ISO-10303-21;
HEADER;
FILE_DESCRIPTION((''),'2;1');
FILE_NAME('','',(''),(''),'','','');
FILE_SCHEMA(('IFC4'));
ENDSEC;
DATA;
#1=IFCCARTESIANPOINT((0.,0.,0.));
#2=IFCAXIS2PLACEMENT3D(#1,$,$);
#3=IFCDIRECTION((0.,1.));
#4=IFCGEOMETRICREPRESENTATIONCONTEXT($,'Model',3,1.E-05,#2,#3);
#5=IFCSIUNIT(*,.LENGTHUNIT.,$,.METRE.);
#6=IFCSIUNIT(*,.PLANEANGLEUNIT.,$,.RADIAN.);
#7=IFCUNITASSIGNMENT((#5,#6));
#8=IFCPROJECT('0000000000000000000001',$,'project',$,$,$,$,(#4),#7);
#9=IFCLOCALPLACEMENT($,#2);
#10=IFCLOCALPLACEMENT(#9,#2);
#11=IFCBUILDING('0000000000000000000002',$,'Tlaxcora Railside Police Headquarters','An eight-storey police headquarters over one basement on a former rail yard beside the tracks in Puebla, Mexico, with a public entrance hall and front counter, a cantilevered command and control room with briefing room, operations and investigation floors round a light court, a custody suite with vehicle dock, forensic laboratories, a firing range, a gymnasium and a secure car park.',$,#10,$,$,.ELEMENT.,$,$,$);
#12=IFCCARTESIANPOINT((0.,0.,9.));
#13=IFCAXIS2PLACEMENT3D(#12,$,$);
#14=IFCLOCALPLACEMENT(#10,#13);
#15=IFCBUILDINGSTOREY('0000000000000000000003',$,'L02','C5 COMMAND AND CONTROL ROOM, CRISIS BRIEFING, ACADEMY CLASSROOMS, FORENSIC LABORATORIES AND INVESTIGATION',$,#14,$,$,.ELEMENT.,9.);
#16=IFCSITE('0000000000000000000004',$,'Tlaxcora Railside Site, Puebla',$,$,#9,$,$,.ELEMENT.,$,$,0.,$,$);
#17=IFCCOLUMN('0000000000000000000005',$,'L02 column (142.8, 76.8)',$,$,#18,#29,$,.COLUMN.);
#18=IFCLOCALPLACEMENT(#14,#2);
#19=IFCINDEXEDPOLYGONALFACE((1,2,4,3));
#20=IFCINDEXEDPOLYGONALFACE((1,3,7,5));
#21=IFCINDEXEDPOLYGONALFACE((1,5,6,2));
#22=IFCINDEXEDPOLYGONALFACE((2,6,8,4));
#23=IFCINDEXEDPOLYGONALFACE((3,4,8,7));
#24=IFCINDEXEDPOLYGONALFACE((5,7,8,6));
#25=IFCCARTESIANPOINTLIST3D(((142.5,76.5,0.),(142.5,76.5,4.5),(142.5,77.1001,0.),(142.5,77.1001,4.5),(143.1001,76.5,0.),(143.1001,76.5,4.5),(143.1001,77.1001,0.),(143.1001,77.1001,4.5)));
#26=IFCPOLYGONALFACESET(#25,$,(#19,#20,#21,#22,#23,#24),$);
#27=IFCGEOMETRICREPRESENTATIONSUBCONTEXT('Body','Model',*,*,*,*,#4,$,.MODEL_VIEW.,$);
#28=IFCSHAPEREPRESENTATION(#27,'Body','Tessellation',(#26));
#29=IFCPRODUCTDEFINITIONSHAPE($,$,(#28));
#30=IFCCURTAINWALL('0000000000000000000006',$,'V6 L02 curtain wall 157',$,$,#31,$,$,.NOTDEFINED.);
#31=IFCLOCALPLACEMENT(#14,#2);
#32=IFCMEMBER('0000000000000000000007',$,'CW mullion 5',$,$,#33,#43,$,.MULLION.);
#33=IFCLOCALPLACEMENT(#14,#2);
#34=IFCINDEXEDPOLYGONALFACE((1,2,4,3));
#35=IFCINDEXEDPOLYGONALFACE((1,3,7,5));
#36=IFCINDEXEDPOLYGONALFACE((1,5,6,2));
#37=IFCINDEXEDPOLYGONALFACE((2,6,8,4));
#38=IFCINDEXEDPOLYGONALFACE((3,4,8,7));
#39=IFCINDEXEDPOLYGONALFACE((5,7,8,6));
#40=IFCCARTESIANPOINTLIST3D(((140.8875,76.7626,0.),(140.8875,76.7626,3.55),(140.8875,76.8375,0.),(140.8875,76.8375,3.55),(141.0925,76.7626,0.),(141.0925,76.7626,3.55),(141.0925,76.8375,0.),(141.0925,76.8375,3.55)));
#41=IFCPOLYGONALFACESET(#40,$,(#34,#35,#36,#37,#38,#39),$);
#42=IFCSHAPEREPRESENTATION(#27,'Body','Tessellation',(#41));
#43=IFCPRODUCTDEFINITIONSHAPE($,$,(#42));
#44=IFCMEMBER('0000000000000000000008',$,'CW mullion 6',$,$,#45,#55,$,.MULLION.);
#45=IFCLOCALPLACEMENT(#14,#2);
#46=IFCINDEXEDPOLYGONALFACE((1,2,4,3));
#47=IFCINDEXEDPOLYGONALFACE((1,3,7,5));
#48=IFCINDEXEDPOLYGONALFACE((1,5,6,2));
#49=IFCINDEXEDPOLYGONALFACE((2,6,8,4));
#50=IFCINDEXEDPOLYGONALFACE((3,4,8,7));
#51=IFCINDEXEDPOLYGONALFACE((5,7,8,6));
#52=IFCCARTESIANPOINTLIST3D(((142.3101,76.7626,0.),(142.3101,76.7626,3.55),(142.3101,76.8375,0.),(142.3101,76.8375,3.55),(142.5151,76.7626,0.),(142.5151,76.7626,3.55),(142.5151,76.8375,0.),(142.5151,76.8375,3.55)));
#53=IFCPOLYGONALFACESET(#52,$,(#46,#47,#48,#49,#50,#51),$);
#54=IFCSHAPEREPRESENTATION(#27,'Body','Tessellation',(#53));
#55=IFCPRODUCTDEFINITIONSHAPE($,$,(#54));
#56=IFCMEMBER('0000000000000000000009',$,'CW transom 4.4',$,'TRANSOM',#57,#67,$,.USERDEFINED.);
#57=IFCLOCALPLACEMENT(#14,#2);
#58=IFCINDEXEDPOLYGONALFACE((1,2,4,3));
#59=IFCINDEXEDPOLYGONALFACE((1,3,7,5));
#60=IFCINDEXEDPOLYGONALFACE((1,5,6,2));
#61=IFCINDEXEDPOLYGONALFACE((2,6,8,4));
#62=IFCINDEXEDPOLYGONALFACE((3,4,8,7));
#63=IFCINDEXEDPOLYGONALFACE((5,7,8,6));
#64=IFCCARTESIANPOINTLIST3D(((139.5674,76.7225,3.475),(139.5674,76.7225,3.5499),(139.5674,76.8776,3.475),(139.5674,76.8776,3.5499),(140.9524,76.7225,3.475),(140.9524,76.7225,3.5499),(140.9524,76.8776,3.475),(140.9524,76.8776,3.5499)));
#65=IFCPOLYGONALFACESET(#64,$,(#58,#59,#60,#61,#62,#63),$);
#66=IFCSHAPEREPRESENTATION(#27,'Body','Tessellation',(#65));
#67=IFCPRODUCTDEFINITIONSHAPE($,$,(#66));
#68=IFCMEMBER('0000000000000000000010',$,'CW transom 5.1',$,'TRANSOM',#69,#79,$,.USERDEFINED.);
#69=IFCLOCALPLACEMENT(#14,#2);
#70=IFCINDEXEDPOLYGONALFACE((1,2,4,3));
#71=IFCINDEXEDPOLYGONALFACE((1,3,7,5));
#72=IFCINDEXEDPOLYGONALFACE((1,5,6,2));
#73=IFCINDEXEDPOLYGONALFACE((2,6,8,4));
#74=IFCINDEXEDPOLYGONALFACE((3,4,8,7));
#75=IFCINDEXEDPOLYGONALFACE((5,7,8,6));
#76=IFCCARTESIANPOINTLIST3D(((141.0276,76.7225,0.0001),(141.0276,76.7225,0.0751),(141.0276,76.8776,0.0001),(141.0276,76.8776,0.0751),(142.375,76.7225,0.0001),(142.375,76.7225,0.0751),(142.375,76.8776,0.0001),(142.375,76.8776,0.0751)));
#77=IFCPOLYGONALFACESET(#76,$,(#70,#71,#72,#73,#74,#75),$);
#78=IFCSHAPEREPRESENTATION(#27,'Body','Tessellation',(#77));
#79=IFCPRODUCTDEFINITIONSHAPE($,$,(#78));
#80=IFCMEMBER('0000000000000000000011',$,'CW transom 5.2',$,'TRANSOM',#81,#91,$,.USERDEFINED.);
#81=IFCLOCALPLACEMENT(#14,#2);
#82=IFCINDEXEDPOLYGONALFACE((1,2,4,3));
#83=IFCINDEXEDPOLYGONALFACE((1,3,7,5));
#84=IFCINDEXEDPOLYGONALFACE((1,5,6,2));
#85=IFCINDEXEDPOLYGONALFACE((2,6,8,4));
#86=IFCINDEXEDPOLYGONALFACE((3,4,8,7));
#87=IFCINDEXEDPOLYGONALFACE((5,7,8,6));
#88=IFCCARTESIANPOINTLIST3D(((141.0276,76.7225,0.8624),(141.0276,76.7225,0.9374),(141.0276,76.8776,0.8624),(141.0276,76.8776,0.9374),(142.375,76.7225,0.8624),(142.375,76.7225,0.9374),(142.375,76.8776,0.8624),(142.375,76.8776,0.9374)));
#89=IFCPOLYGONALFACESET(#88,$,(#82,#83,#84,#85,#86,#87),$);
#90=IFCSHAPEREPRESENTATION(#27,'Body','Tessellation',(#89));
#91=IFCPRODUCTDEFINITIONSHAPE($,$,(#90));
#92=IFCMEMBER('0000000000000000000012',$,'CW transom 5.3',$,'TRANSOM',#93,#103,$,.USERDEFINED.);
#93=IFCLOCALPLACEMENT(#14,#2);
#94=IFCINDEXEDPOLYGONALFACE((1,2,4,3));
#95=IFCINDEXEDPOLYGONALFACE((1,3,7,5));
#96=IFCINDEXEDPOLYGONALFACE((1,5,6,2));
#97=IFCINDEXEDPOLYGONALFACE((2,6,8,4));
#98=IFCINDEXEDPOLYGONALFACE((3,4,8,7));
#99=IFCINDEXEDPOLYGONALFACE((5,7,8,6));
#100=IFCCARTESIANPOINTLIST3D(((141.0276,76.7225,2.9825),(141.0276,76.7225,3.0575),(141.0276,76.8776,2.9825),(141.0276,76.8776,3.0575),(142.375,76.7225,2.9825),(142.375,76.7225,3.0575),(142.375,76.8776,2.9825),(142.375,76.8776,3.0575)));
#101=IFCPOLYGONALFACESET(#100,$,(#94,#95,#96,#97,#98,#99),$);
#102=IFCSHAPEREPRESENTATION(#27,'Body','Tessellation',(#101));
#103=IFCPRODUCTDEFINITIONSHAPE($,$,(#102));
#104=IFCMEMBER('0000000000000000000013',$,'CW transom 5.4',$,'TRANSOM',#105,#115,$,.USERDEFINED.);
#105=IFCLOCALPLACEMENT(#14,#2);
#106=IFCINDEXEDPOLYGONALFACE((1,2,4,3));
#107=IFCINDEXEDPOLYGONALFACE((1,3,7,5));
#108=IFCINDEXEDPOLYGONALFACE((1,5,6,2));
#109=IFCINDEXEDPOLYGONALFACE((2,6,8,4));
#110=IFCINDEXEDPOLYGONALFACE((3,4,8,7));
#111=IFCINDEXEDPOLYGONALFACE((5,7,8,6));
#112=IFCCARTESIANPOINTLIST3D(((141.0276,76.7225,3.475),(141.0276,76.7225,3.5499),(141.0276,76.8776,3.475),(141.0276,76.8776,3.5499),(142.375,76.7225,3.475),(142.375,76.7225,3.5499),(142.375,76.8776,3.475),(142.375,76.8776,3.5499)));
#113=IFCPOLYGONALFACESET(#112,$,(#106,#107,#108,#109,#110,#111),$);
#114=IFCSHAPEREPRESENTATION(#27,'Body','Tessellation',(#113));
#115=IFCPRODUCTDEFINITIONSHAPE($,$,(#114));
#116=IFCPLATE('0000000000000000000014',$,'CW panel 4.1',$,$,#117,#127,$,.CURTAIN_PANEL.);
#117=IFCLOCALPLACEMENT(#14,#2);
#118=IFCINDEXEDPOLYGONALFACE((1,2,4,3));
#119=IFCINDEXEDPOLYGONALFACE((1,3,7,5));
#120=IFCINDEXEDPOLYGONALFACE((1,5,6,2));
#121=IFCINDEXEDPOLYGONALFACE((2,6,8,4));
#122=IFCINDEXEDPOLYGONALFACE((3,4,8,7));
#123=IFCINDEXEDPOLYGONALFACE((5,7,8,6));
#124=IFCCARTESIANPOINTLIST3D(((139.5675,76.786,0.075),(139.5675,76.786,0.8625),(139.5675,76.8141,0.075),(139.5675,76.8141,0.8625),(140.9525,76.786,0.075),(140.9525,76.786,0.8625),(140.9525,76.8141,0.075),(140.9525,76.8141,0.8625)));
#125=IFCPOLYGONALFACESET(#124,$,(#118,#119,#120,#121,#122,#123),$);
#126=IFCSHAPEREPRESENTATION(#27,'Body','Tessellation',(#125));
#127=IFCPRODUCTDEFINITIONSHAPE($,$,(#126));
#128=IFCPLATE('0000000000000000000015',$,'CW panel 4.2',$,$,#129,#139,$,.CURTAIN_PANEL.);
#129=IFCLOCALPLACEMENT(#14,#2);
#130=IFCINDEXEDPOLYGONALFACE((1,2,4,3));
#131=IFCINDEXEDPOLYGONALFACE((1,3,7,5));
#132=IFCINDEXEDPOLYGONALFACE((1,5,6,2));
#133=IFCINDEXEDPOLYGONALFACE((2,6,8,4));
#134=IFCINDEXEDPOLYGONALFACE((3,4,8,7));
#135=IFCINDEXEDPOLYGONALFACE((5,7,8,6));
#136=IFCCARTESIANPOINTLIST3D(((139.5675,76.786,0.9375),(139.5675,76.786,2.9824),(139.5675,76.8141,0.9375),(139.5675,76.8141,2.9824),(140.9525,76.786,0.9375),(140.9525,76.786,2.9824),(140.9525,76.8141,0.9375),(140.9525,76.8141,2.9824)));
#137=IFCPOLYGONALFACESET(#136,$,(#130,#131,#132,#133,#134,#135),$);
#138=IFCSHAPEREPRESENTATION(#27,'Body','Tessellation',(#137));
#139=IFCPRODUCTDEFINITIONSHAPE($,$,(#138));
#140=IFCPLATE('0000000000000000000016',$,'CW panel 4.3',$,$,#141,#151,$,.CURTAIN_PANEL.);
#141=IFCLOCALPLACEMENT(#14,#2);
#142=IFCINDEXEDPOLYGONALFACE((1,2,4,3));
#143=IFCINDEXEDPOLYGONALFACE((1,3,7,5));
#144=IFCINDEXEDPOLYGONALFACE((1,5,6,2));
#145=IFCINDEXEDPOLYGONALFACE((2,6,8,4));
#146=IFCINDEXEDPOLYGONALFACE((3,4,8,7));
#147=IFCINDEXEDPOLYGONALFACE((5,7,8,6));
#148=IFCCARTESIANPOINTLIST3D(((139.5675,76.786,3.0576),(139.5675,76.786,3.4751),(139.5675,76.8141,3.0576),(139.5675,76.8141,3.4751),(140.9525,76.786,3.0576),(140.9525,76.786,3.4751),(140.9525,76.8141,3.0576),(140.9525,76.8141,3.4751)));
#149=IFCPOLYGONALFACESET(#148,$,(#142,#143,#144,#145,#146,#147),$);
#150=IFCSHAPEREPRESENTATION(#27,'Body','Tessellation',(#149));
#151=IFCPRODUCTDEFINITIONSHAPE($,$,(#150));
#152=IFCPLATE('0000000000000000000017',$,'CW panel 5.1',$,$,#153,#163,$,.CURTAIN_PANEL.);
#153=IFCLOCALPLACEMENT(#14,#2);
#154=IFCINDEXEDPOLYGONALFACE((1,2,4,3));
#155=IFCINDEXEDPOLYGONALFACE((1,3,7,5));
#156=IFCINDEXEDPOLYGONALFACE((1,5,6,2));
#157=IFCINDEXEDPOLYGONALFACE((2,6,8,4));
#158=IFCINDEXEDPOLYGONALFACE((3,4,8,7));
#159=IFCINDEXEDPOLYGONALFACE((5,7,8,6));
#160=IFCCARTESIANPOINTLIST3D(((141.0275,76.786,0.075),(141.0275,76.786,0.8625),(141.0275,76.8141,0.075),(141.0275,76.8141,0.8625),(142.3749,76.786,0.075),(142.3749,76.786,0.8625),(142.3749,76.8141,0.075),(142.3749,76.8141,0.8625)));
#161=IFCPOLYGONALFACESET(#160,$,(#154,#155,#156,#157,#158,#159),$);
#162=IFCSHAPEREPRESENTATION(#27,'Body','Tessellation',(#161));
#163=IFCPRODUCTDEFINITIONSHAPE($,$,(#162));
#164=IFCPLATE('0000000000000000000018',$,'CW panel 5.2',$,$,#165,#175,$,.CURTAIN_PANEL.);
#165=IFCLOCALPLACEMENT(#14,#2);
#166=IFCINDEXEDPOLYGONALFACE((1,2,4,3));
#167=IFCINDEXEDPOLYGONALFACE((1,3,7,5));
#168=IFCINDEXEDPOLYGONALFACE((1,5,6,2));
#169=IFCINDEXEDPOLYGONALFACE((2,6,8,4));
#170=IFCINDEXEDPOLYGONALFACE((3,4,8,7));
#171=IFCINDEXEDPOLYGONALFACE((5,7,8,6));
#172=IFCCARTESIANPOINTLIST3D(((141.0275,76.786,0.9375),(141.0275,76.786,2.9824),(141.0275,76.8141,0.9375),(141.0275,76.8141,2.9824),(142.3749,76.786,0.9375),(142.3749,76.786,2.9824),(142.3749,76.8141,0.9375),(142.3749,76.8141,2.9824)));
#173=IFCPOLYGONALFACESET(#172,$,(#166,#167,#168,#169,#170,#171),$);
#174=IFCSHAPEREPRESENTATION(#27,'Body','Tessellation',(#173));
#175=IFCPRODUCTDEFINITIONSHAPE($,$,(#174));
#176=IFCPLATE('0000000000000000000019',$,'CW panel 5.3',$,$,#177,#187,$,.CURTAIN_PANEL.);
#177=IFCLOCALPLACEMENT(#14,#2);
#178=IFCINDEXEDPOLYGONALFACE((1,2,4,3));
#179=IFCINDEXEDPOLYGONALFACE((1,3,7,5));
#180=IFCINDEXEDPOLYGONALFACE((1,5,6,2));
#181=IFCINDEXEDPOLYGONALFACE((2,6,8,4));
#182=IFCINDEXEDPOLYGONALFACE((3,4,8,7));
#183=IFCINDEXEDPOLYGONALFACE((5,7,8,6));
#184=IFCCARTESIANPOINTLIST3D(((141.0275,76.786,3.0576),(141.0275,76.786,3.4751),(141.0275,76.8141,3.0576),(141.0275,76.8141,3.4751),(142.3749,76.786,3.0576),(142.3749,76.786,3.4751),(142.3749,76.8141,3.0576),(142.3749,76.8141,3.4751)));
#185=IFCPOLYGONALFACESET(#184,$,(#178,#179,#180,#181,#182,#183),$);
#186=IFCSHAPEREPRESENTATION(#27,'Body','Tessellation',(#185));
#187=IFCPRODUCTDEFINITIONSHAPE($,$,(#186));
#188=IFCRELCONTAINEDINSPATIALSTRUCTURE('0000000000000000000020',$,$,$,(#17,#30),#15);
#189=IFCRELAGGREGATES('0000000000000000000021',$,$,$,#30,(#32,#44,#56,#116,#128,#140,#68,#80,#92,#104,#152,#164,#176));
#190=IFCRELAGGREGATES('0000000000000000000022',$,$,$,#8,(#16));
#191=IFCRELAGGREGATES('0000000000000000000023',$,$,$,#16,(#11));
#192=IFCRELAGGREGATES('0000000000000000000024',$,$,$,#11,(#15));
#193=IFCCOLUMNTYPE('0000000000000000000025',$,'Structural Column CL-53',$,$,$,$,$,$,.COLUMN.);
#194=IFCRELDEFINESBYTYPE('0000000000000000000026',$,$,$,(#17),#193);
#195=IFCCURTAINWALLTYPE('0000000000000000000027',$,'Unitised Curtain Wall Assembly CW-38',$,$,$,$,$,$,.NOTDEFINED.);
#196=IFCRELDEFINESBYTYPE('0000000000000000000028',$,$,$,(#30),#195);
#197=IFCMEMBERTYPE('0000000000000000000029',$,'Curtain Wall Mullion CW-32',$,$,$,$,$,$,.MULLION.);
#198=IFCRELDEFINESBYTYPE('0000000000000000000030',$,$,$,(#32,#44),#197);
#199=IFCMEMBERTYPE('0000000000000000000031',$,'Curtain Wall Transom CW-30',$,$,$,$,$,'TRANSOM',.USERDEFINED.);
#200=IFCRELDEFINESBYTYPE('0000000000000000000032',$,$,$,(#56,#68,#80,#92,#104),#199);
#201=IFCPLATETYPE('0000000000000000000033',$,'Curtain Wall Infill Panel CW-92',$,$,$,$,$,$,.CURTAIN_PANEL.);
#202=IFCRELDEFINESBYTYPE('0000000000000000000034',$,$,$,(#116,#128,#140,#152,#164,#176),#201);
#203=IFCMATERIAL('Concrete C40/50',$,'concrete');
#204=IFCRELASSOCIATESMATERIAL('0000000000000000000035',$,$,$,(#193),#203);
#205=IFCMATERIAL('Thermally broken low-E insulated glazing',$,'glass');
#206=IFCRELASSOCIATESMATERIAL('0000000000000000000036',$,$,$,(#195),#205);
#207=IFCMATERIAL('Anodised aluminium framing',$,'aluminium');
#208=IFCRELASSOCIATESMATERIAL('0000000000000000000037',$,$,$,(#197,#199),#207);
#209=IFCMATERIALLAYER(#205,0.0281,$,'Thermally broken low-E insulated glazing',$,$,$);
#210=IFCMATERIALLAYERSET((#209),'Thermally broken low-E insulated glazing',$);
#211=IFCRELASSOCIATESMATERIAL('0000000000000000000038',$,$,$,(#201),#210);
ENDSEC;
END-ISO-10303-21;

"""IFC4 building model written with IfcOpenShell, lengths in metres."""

from ifc_helpers import new_model, si_unit, direction, frame, origin, origin_2d, place, context, subcontext, project, spatial, rectangle, extrude, material, layer, layer_set, material_profile, profile_set, type_object, element, aggregate, save


model = new_model("IFC4")

# Units and contexts
model_context = context("Model", 3, precision=1e-05, world=origin(), true_north=direction((0.0, 1.0)))
body_context = subcontext(model_context, "Body", "Model", "MODEL_VIEW")
ifc_project = project(units=[si_unit("LENGTHUNIT", "METRE"), si_unit("PLANEANGLEUNIT", "RADIAN")], contexts=[model_context])

# Site, building, storey
site_placement = place(None, origin())
site = spatial("IfcSite", under=ifc_project, at=site_placement, Name="Tlaxcora Railside Site, Puebla", CompositionType="ELEMENT", RefElevation=0.0)
building_placement = place(site_placement, origin())
building = spatial("IfcBuilding", under=site, at=building_placement, Name="Tlaxcora Railside Police Headquarters", Description="An eight-storey police headquarters over one basement on a former rail yard beside the tracks in Puebla, Mexico, with a public entrance hall and front counter, a cantilevered command and control room with briefing room, operations and investigation floors round a light court, a custody suite with vehicle dock, forensic laboratories, a firing range, a gymnasium and a secure car park.", CompositionType="ELEMENT")
storey_placement = place(building_placement, frame((0.0, 0.0, 9.0)))
storey = spatial("IfcBuildingStorey", under=building, at=storey_placement, Name="L02", Description="C5 COMMAND AND CONTROL ROOM, CRISIS BRIEFING, ACADEMY CLASSROOMS, FORENSIC LABORATORIES AND INVESTIGATION", CompositionType="ELEMENT", Elevation=9.0)

# Column
ifc_material_1 = material(Name="Concrete C40/50", Category="concrete")
ifc_material_profile_1 = material_profile(ifc_material_1, rectangle(XDim=0.6001, YDim=0.6001, at=origin_2d()), Name="RC600X600")
ifc_profile_set_1 = profile_set([ifc_material_profile_1], Name="Concrete C40/50")
column_type = type_object("IfcColumnType", Name="Structural Column CL-53", PredefinedType="COLUMN", material=ifc_profile_set_1)
column_placement = place(storey_placement, frame((142.8, 76.8, 0.0), z_axis=(0.0, 0.0, 1.0), x_axis=(1.0, 0.0, 0.0)))
element("IfcColumn", 1, at=column_placement, inside=storey, type_object=column_type, Name="L02 column (142.8, 76.8)", PredefinedType="COLUMN", context=body_context, shape_type="SweptSolid", body=[
    extrude(rectangle(XDim=0.6001, YDim=0.6001, at=origin_2d()), origin(), (0.0, 0.0, 1.0), 4.5),
])

# Curtain wall, members, plates
ifc_material_2 = material(Name="Thermally broken low-E insulated glazing", Category="glass")
curtain_wall_type = type_object("IfcCurtainWallType", Name="Unitised Curtain Wall Assembly CW-38", PredefinedType="NOTDEFINED", material=ifc_material_2)
curtain_wall_placement = place(storey_placement, origin())
curtain_wall = element("IfcCurtainWall", 2, at=curtain_wall_placement, inside=storey, type_object=curtain_wall_type, Name="V6 L02 curtain wall 157", PredefinedType="NOTDEFINED")
ifc_material_3 = material(Name="Anodised aluminium framing", Category="aluminium")
ifc_material_profile_2 = material_profile(ifc_material_3, rectangle(XDim=0.075, YDim=0.2051, at=origin_2d()), Name="AL75X205")
ifc_profile_set_2 = profile_set([ifc_material_profile_2], Name="Anodised aluminium framing")
member_type_1 = type_object("IfcMemberType", Name="Curtain Wall Mullion CW-32", PredefinedType="MULLION", material=ifc_profile_set_2)
member_1_placement = place(storey_placement, frame((140.99, 76.8, 0.0), z_axis=(0.0, 0.0, 1.0), x_axis=(0.0, 1.0, 0.0)))
member_1 = element("IfcMember", 3, at=member_1_placement, type_object=member_type_1, Name="CW mullion 5", PredefinedType="MULLION", context=body_context, shape_type="SweptSolid", body=[
    extrude(rectangle(XDim=0.075, YDim=0.2051, at=origin_2d()), origin(), (0.0, 0.0, 1.0), 3.55),
])
member_2_placement = place(storey_placement, frame((142.4126, 76.8, 0.0), z_axis=(0.0, 0.0, 1.0), x_axis=(0.0, 1.0, 0.0)))
member_2 = element("IfcMember", 4, at=member_2_placement, type_object=member_type_1, Name="CW mullion 6", PredefinedType="MULLION", context=body_context, shape_type="SweptSolid", body=[
    extrude(rectangle(XDim=0.075, YDim=0.2051, at=origin_2d()), origin(), (0.0, 0.0, 1.0), 3.55),
])
ifc_material_profile_3 = material_profile(ifc_material_3, rectangle(XDim=0.155, YDim=0.075, at=origin_2d()), Name="AL75X155")
ifc_profile_set_3 = profile_set([ifc_material_profile_3], Name="Anodised aluminium framing")
member_type_2 = type_object("IfcMemberType", Name="Curtain Wall Transom CW-30", ElementType="TRANSOM", PredefinedType="USERDEFINED", material=ifc_profile_set_3)
member_3_placement = place(storey_placement, frame((139.5674, 76.8, 3.5125), z_axis=(1.0, 0.0, 0.0), x_axis=(0.0, 1.0, 0.0)))
member_3 = element("IfcMember", 5, at=member_3_placement, type_object=member_type_2, Name="CW transom 4.4", ObjectType="TRANSOM", PredefinedType="USERDEFINED", context=body_context, shape_type="SweptSolid", body=[
    extrude(rectangle(XDim=0.155, YDim=0.075, at=origin_2d()), origin(), (0.0, 0.0, 1.0), 1.385),
])
member_4_placement = place(storey_placement, frame((141.0276, 76.8, 0.0376), z_axis=(1.0, 0.0, 0.0), x_axis=(0.0, 1.0, 0.0)))
member_4 = element("IfcMember", 6, at=member_4_placement, type_object=member_type_2, Name="CW transom 5.1", ObjectType="TRANSOM", PredefinedType="USERDEFINED", context=body_context, shape_type="SweptSolid", body=[
    extrude(rectangle(XDim=0.155, YDim=0.075, at=origin_2d()), origin(), (0.0, 0.0, 1.0), 1.3474),
])
member_5_placement = place(storey_placement, frame((141.0276, 76.8, 0.8999), z_axis=(1.0, 0.0, 0.0), x_axis=(0.0, 1.0, 0.0)))
member_5 = element("IfcMember", 7, at=member_5_placement, type_object=member_type_2, Name="CW transom 5.2", ObjectType="TRANSOM", PredefinedType="USERDEFINED", context=body_context, shape_type="SweptSolid", body=[
    extrude(rectangle(XDim=0.155, YDim=0.075, at=origin_2d()), origin(), (0.0, 0.0, 1.0), 1.3474),
])
member_6_placement = place(storey_placement, frame((141.0276, 76.8, 3.02), z_axis=(1.0, 0.0, 0.0), x_axis=(0.0, 1.0, 0.0)))
member_6 = element("IfcMember", 8, at=member_6_placement, type_object=member_type_2, Name="CW transom 5.3", ObjectType="TRANSOM", PredefinedType="USERDEFINED", context=body_context, shape_type="SweptSolid", body=[
    extrude(rectangle(XDim=0.155, YDim=0.075, at=origin_2d()), origin(), (0.0, 0.0, 1.0), 1.3474),
])
member_7_placement = place(storey_placement, frame((141.0276, 76.8, 3.5125), z_axis=(1.0, 0.0, 0.0), x_axis=(0.0, 1.0, 0.0)))
member_7 = element("IfcMember", 9, at=member_7_placement, type_object=member_type_2, Name="CW transom 5.4", ObjectType="TRANSOM", PredefinedType="USERDEFINED", context=body_context, shape_type="SweptSolid", body=[
    extrude(rectangle(XDim=0.155, YDim=0.075, at=origin_2d()), origin(), (0.0, 0.0, 1.0), 1.3474),
])
ifc_layer_1 = layer(ifc_material_2, 0.0281, Name="Thermally broken low-E insulated glazing")
ifc_layer_set_1 = layer_set([ifc_layer_1], Name="Thermally broken low-E insulated glazing")
plate_type = type_object("IfcPlateType", Name="Curtain Wall Infill Panel CW-92", PredefinedType="CURTAIN_PANEL", material=ifc_layer_set_1)
plate_1_placement = place(storey_placement, frame((140.26, 76.8, 0.075), z_axis=(0.0, 0.0, 1.0), x_axis=(1.0, 0.0, 0.0)))
plate_1 = element("IfcPlate", 10, at=plate_1_placement, type_object=plate_type, Name="CW panel 4.1", PredefinedType="CURTAIN_PANEL", context=body_context, shape_type="SweptSolid", body=[
    extrude(rectangle(XDim=1.385, YDim=0.0281, at=origin_2d()), origin(), (0.0, 0.0, 1.0), 0.7876),
])
plate_2_placement = place(storey_placement, frame((140.26, 76.8, 0.9375), z_axis=(0.0, 0.0, 1.0), x_axis=(1.0, 0.0, 0.0)))
plate_2 = element("IfcPlate", 11, at=plate_2_placement, type_object=plate_type, Name="CW panel 4.2", PredefinedType="CURTAIN_PANEL", context=body_context, shape_type="SweptSolid", body=[
    extrude(rectangle(XDim=1.385, YDim=0.0281, at=origin_2d()), origin(), (0.0, 0.0, 1.0), 2.0449),
])
plate_3_placement = place(storey_placement, frame((140.26, 76.8, 3.0576), z_axis=(0.0, 0.0, 1.0), x_axis=(1.0, 0.0, 0.0)))
plate_3 = element("IfcPlate", 12, at=plate_3_placement, type_object=plate_type, Name="CW panel 4.3", PredefinedType="CURTAIN_PANEL", context=body_context, shape_type="SweptSolid", body=[
    extrude(rectangle(XDim=1.385, YDim=0.0281, at=origin_2d()), origin(), (0.0, 0.0, 1.0), 0.4175),
])
plate_4_placement = place(storey_placement, frame((141.7012, 76.8, 0.075), z_axis=(0.0, 0.0, 1.0), x_axis=(1.0, 0.0, 0.0)))
plate_4 = element("IfcPlate", 13, at=plate_4_placement, type_object=plate_type, Name="CW panel 5.1", PredefinedType="CURTAIN_PANEL", context=body_context, shape_type="SweptSolid", body=[
    extrude(rectangle(XDim=1.3474, YDim=0.0281, at=origin_2d()), origin(), (0.0, 0.0, 1.0), 0.7876),
])
plate_5_placement = place(storey_placement, frame((141.7012, 76.8, 0.9375), z_axis=(0.0, 0.0, 1.0), x_axis=(1.0, 0.0, 0.0)))
plate_5 = element("IfcPlate", 14, at=plate_5_placement, type_object=plate_type, Name="CW panel 5.2", PredefinedType="CURTAIN_PANEL", context=body_context, shape_type="SweptSolid", body=[
    extrude(rectangle(XDim=1.3474, YDim=0.0281, at=origin_2d()), origin(), (0.0, 0.0, 1.0), 2.0449),
])
plate_6_placement = place(storey_placement, frame((141.7012, 76.8, 3.0576), z_axis=(0.0, 0.0, 1.0), x_axis=(1.0, 0.0, 0.0)))
plate_6 = element("IfcPlate", 15, at=plate_6_placement, type_object=plate_type, Name="CW panel 5.3", PredefinedType="CURTAIN_PANEL", context=body_context, shape_type="SweptSolid", body=[
    extrude(rectangle(XDim=1.3474, YDim=0.0281, at=origin_2d()), origin(), (0.0, 0.0, 1.0), 0.4175),
])
aggregate(curtain_wall, [member_1, member_2, member_3, plate_1, plate_2, plate_3, member_4, member_5, member_6, member_7, plate_4, plate_5, plate_6])

save(model, "model.ifc")
